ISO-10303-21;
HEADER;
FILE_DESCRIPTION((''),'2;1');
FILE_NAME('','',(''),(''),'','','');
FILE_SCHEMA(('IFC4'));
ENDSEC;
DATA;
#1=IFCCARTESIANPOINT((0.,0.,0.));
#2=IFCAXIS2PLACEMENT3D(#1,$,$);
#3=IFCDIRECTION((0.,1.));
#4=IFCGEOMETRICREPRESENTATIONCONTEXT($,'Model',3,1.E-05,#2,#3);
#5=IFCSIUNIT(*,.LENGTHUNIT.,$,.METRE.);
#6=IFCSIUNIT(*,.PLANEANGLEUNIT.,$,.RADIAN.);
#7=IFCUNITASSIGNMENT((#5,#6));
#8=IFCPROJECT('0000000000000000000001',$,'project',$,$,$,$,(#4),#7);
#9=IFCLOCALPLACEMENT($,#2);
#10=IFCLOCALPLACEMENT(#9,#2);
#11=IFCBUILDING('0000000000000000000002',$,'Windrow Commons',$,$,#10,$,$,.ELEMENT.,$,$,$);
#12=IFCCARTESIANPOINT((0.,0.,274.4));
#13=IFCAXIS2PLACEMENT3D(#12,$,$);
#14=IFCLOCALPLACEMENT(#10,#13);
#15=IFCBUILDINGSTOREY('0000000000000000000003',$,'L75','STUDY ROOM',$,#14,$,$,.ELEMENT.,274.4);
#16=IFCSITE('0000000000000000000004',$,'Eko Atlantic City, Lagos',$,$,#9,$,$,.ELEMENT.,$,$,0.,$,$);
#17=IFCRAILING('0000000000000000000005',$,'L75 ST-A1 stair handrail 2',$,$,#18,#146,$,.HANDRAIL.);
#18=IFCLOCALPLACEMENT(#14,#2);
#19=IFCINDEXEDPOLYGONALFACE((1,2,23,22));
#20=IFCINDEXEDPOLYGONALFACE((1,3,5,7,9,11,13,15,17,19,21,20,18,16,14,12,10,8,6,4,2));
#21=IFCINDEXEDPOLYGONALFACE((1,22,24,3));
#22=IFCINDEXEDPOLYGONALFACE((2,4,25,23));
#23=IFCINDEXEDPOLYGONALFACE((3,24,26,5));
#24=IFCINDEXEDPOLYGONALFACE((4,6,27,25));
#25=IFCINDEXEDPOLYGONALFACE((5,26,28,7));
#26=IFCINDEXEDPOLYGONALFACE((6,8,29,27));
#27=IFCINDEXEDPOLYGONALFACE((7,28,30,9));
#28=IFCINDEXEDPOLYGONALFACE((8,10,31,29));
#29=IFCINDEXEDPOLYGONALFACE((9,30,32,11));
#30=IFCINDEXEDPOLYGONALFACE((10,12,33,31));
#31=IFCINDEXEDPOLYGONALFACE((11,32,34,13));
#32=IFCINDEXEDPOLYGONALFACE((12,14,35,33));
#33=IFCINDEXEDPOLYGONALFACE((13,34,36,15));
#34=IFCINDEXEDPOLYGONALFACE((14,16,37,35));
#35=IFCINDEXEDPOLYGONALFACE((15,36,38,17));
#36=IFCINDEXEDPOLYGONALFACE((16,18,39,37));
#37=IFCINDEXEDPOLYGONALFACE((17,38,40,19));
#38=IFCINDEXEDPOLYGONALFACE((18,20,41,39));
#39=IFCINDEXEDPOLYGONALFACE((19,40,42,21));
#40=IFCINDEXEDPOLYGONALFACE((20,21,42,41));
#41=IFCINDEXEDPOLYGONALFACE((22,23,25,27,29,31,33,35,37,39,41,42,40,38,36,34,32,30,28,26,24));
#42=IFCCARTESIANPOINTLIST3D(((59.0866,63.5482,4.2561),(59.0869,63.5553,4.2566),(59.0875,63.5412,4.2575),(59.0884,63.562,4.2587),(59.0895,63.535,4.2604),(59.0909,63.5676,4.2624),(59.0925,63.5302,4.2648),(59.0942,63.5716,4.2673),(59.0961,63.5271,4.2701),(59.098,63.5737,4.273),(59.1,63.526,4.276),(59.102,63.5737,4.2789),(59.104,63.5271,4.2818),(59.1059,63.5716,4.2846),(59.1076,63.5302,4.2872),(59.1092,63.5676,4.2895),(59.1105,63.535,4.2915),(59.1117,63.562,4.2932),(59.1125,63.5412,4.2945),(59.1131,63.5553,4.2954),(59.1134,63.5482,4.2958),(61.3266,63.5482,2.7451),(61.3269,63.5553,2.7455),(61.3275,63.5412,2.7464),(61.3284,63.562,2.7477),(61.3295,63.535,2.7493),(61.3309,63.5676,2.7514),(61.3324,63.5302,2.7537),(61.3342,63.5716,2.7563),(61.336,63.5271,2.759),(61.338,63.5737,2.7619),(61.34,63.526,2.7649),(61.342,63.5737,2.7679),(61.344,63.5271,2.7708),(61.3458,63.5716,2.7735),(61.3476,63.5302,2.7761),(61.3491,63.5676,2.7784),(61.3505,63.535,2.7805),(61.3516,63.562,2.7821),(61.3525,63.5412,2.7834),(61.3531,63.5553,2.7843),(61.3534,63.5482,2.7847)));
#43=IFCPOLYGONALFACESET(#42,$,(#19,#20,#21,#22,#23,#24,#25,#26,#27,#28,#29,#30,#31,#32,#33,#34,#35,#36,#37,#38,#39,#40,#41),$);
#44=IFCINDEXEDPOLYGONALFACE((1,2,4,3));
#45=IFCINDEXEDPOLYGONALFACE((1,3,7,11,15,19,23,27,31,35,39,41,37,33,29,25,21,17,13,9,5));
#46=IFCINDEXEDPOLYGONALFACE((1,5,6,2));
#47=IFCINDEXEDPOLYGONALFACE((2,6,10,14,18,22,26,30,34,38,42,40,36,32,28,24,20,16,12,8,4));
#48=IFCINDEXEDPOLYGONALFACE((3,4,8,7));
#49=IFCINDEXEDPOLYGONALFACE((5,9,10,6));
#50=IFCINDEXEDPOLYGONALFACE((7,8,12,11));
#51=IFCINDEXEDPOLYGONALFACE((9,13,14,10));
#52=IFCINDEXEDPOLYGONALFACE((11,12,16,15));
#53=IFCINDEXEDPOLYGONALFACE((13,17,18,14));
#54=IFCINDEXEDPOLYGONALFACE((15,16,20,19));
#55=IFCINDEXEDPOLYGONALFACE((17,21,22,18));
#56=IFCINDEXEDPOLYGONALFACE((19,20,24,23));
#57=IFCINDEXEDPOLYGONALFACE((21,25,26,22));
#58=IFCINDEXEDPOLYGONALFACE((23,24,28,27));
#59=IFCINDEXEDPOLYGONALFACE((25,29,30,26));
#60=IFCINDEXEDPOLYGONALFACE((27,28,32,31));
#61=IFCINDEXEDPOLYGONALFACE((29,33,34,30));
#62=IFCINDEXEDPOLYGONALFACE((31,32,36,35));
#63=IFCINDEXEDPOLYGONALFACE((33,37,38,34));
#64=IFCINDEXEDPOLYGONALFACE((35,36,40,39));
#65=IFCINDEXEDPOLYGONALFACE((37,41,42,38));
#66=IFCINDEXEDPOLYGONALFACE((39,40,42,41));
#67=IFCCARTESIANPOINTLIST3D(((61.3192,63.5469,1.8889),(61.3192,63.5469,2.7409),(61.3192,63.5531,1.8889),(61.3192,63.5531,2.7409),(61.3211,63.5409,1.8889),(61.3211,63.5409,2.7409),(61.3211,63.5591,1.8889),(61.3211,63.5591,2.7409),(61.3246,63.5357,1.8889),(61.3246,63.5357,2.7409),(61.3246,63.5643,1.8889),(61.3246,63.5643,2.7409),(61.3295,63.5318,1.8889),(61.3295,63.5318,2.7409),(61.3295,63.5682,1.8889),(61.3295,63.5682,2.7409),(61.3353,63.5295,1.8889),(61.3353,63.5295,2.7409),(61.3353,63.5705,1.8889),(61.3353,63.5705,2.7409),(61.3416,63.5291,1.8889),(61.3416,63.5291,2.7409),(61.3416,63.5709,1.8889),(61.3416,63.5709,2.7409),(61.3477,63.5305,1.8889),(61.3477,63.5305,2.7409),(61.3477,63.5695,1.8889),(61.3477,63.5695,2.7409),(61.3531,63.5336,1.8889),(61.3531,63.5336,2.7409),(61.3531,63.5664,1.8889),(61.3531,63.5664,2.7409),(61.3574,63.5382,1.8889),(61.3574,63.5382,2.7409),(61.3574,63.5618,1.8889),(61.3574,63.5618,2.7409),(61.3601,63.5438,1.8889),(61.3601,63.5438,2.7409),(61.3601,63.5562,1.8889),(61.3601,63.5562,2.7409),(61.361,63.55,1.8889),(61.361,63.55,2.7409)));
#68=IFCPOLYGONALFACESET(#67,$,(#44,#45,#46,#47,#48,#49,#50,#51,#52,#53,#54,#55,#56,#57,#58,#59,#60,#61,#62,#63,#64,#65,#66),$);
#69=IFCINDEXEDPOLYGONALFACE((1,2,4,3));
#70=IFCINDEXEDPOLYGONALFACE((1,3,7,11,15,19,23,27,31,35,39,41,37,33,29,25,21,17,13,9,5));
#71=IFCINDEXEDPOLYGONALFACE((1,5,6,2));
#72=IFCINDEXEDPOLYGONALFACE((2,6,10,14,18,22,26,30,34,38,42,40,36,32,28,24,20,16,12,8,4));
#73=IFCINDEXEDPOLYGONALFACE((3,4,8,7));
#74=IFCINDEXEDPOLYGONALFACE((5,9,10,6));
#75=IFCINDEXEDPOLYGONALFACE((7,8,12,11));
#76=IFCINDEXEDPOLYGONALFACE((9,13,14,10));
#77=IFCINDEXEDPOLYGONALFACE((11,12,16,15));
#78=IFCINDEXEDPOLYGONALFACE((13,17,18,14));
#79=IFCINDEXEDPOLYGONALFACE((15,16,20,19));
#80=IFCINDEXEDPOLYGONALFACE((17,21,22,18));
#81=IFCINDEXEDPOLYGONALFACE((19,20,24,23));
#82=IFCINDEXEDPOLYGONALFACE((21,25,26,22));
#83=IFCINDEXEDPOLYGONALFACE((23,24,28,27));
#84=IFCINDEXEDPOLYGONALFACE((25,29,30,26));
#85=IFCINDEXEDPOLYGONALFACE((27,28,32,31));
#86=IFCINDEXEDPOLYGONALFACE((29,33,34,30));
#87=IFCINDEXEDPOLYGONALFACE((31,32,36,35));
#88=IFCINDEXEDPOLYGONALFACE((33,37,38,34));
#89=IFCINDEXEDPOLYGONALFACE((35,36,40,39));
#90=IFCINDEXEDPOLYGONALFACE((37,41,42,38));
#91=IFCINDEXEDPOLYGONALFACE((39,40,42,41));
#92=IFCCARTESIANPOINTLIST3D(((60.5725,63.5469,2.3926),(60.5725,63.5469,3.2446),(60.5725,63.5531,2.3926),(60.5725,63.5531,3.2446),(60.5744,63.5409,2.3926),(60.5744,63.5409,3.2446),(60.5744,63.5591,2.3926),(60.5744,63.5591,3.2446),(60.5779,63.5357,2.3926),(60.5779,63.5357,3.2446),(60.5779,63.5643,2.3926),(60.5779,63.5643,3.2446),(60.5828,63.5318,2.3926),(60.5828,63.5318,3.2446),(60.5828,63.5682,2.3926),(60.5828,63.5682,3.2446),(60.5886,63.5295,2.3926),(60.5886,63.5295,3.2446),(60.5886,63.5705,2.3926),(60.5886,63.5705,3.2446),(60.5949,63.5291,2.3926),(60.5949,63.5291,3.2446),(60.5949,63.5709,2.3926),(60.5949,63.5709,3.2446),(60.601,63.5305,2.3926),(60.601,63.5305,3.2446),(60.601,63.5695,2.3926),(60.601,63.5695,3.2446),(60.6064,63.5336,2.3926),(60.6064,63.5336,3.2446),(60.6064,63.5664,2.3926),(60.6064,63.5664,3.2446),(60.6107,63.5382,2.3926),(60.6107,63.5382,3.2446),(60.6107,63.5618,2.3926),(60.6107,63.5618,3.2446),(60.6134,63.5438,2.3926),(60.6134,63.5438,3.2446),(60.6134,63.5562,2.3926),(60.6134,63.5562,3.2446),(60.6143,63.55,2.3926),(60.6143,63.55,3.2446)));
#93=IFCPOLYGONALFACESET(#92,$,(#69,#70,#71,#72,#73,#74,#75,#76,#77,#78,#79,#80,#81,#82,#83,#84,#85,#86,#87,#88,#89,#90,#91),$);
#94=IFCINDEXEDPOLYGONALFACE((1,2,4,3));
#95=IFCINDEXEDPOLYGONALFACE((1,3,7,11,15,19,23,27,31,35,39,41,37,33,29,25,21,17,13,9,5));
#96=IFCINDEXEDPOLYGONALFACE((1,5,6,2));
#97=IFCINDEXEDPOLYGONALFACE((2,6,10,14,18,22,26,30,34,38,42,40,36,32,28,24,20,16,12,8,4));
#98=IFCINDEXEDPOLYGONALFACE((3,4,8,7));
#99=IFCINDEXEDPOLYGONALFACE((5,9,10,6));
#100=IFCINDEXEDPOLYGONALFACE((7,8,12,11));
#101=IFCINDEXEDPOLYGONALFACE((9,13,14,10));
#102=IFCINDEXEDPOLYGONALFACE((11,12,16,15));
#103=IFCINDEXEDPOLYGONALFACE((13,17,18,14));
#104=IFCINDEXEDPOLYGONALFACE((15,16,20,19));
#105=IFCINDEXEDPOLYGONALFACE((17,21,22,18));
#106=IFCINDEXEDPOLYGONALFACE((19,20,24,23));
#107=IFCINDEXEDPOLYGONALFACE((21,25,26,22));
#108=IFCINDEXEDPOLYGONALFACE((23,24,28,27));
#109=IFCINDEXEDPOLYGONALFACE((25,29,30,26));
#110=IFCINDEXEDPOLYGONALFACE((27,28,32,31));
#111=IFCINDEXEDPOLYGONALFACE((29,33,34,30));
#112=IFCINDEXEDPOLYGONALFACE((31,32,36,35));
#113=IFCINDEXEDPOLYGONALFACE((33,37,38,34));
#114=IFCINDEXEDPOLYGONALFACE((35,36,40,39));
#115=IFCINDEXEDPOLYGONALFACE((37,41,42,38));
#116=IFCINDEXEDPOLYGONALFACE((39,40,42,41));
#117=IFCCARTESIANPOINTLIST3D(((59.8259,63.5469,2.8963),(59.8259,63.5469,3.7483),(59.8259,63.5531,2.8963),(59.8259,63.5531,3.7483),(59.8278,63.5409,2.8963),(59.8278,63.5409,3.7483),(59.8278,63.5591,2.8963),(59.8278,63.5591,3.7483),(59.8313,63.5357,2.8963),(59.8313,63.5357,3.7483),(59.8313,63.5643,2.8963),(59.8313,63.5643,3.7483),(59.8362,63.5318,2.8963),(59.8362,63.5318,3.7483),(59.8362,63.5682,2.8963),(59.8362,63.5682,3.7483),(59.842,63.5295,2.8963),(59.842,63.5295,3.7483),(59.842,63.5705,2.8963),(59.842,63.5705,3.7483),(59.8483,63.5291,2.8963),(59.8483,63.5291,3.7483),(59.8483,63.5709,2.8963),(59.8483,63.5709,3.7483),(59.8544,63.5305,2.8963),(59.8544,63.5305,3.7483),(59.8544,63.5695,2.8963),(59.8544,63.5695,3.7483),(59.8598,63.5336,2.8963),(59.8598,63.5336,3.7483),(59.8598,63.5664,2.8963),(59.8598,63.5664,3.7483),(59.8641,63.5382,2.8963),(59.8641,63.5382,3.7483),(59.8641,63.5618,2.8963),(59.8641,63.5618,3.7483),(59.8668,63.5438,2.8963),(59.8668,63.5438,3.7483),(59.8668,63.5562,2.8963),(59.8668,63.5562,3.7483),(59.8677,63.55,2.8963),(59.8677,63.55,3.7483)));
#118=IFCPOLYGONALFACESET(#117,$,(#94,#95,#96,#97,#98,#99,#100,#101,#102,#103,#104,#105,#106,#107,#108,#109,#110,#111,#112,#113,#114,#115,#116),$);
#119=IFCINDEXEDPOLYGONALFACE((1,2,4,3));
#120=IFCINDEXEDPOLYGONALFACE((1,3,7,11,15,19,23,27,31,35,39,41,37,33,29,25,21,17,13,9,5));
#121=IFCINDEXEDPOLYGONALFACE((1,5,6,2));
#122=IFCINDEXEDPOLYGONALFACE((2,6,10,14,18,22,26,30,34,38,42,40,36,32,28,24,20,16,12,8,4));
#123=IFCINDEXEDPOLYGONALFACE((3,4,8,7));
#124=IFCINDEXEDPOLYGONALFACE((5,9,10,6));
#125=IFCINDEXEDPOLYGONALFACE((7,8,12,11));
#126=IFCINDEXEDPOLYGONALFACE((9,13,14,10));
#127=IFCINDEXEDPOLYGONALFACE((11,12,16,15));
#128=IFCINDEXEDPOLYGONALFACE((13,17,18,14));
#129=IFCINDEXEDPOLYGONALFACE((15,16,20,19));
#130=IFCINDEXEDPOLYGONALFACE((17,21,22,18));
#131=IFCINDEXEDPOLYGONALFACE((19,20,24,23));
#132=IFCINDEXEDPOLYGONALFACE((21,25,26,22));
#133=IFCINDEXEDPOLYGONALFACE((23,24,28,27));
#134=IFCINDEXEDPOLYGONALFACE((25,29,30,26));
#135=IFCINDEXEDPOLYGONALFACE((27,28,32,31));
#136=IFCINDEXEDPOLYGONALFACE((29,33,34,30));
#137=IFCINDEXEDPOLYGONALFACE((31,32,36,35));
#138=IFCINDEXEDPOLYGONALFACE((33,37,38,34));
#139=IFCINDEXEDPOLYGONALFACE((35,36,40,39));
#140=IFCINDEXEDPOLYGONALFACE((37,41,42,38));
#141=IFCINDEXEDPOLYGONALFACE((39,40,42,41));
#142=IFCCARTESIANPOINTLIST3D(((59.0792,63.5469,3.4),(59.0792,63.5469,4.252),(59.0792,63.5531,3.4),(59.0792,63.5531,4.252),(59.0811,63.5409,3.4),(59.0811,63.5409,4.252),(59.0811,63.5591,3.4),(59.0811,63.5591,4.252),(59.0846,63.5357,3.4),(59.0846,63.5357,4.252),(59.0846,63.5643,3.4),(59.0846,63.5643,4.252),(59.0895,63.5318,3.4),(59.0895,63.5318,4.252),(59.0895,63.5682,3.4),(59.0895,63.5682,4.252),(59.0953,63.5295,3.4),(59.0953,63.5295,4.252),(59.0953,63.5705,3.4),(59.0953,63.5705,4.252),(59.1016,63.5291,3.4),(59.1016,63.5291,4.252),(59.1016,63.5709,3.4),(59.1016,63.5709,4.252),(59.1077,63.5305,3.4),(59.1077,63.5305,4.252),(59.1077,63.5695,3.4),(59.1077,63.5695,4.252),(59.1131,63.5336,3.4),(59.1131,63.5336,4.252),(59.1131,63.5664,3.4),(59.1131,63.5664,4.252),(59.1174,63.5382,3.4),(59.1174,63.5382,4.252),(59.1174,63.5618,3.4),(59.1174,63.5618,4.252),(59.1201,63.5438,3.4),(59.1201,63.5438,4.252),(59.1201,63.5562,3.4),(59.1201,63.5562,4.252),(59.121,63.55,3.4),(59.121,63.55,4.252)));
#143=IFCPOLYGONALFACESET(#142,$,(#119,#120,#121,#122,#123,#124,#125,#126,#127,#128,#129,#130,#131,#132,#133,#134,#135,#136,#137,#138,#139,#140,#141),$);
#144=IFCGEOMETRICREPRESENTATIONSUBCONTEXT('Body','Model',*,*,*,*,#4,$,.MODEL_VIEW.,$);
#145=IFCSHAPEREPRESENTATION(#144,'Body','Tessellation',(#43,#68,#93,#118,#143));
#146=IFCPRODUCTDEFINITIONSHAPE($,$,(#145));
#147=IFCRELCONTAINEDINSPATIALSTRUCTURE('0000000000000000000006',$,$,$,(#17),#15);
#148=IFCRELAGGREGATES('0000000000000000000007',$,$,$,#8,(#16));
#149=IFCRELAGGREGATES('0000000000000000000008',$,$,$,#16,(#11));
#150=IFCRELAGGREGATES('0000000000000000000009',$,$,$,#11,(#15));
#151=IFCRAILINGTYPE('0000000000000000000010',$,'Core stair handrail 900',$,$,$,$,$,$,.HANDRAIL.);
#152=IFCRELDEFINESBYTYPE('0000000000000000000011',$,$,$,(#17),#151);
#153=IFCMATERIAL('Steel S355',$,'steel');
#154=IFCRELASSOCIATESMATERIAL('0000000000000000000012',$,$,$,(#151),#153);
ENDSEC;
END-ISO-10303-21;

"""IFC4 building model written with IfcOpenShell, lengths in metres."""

from ifc_helpers import new_model, si_unit, direction, frame, origin, origin_2d, place, context, subcontext, project, spatial, circle, extrude, material, type_object, element, save


model = new_model("IFC4")

# Units and contexts
model_context = context("Model", 3, precision=1e-05, world=origin(), true_north=direction((0.0, 1.0)))
body_context = subcontext(model_context, "Body", "Model", "MODEL_VIEW")
ifc_project = project(units=[si_unit("LENGTHUNIT", "METRE"), si_unit("PLANEANGLEUNIT", "RADIAN")], contexts=[model_context])

# Site, building, storey
site_placement = place(None, origin())
site = spatial("IfcSite", under=ifc_project, at=site_placement, Name="Eko Atlantic City, Lagos", CompositionType="ELEMENT", RefElevation=0.0)
building_placement = place(site_placement, origin())
building = spatial("IfcBuilding", under=site, at=building_placement, Name="Windrow Commons", CompositionType="ELEMENT")
storey_placement = place(building_placement, frame((0.0, 0.0, 274.4)))
storey = spatial("IfcBuildingStorey", under=building, at=storey_placement, Name="L75", Description="STUDY ROOM", CompositionType="ELEMENT", Elevation=274.4)

# Railing
ifc_material_1 = material(Name="Steel S355", Category="steel")
railing_type_1 = type_object("IfcRailingType", Name="Core stair handrail 900", PredefinedType="HANDRAIL", material=ifc_material_1)
railing_1_placement = place(storey_placement, frame((61.34, 63.55, 1.8889)))
element("IfcRailing", 1, at=railing_1_placement, inside=storey, type_object=railing_type_1, Name="L75 ST-A1 stair handrail 2", PredefinedType="HANDRAIL", context=body_context, shape_type="SweptSolid", body=[
    extrude(circle(Radius=0.024, at=origin_2d()), frame((0.0, 0.0, 0.876), z_axis=(-0.829003, 0.0, 0.559244), x_axis=(0.0, -1.0, 0.0)), (0.0, 0.0, 1.0), 2.702),
    extrude(circle(Radius=0.021, at=origin_2d()), origin(), (0.0, 0.0, 1.0), 0.852),
    extrude(circle(Radius=0.021, at=origin_2d()), frame((-0.7467, 0.0, 0.5037)), (0.0, 0.0, 1.0), 0.852),
    extrude(circle(Radius=0.021, at=origin_2d()), frame((-1.4933, 0.0, 1.0074)), (0.0, 0.0, 1.0), 0.852),
    extrude(circle(Radius=0.021, at=origin_2d()), frame((-2.24, 0.0, 1.5111)), (0.0, 0.0, 1.0), 0.852),
])

save(model, "model.ifc")
